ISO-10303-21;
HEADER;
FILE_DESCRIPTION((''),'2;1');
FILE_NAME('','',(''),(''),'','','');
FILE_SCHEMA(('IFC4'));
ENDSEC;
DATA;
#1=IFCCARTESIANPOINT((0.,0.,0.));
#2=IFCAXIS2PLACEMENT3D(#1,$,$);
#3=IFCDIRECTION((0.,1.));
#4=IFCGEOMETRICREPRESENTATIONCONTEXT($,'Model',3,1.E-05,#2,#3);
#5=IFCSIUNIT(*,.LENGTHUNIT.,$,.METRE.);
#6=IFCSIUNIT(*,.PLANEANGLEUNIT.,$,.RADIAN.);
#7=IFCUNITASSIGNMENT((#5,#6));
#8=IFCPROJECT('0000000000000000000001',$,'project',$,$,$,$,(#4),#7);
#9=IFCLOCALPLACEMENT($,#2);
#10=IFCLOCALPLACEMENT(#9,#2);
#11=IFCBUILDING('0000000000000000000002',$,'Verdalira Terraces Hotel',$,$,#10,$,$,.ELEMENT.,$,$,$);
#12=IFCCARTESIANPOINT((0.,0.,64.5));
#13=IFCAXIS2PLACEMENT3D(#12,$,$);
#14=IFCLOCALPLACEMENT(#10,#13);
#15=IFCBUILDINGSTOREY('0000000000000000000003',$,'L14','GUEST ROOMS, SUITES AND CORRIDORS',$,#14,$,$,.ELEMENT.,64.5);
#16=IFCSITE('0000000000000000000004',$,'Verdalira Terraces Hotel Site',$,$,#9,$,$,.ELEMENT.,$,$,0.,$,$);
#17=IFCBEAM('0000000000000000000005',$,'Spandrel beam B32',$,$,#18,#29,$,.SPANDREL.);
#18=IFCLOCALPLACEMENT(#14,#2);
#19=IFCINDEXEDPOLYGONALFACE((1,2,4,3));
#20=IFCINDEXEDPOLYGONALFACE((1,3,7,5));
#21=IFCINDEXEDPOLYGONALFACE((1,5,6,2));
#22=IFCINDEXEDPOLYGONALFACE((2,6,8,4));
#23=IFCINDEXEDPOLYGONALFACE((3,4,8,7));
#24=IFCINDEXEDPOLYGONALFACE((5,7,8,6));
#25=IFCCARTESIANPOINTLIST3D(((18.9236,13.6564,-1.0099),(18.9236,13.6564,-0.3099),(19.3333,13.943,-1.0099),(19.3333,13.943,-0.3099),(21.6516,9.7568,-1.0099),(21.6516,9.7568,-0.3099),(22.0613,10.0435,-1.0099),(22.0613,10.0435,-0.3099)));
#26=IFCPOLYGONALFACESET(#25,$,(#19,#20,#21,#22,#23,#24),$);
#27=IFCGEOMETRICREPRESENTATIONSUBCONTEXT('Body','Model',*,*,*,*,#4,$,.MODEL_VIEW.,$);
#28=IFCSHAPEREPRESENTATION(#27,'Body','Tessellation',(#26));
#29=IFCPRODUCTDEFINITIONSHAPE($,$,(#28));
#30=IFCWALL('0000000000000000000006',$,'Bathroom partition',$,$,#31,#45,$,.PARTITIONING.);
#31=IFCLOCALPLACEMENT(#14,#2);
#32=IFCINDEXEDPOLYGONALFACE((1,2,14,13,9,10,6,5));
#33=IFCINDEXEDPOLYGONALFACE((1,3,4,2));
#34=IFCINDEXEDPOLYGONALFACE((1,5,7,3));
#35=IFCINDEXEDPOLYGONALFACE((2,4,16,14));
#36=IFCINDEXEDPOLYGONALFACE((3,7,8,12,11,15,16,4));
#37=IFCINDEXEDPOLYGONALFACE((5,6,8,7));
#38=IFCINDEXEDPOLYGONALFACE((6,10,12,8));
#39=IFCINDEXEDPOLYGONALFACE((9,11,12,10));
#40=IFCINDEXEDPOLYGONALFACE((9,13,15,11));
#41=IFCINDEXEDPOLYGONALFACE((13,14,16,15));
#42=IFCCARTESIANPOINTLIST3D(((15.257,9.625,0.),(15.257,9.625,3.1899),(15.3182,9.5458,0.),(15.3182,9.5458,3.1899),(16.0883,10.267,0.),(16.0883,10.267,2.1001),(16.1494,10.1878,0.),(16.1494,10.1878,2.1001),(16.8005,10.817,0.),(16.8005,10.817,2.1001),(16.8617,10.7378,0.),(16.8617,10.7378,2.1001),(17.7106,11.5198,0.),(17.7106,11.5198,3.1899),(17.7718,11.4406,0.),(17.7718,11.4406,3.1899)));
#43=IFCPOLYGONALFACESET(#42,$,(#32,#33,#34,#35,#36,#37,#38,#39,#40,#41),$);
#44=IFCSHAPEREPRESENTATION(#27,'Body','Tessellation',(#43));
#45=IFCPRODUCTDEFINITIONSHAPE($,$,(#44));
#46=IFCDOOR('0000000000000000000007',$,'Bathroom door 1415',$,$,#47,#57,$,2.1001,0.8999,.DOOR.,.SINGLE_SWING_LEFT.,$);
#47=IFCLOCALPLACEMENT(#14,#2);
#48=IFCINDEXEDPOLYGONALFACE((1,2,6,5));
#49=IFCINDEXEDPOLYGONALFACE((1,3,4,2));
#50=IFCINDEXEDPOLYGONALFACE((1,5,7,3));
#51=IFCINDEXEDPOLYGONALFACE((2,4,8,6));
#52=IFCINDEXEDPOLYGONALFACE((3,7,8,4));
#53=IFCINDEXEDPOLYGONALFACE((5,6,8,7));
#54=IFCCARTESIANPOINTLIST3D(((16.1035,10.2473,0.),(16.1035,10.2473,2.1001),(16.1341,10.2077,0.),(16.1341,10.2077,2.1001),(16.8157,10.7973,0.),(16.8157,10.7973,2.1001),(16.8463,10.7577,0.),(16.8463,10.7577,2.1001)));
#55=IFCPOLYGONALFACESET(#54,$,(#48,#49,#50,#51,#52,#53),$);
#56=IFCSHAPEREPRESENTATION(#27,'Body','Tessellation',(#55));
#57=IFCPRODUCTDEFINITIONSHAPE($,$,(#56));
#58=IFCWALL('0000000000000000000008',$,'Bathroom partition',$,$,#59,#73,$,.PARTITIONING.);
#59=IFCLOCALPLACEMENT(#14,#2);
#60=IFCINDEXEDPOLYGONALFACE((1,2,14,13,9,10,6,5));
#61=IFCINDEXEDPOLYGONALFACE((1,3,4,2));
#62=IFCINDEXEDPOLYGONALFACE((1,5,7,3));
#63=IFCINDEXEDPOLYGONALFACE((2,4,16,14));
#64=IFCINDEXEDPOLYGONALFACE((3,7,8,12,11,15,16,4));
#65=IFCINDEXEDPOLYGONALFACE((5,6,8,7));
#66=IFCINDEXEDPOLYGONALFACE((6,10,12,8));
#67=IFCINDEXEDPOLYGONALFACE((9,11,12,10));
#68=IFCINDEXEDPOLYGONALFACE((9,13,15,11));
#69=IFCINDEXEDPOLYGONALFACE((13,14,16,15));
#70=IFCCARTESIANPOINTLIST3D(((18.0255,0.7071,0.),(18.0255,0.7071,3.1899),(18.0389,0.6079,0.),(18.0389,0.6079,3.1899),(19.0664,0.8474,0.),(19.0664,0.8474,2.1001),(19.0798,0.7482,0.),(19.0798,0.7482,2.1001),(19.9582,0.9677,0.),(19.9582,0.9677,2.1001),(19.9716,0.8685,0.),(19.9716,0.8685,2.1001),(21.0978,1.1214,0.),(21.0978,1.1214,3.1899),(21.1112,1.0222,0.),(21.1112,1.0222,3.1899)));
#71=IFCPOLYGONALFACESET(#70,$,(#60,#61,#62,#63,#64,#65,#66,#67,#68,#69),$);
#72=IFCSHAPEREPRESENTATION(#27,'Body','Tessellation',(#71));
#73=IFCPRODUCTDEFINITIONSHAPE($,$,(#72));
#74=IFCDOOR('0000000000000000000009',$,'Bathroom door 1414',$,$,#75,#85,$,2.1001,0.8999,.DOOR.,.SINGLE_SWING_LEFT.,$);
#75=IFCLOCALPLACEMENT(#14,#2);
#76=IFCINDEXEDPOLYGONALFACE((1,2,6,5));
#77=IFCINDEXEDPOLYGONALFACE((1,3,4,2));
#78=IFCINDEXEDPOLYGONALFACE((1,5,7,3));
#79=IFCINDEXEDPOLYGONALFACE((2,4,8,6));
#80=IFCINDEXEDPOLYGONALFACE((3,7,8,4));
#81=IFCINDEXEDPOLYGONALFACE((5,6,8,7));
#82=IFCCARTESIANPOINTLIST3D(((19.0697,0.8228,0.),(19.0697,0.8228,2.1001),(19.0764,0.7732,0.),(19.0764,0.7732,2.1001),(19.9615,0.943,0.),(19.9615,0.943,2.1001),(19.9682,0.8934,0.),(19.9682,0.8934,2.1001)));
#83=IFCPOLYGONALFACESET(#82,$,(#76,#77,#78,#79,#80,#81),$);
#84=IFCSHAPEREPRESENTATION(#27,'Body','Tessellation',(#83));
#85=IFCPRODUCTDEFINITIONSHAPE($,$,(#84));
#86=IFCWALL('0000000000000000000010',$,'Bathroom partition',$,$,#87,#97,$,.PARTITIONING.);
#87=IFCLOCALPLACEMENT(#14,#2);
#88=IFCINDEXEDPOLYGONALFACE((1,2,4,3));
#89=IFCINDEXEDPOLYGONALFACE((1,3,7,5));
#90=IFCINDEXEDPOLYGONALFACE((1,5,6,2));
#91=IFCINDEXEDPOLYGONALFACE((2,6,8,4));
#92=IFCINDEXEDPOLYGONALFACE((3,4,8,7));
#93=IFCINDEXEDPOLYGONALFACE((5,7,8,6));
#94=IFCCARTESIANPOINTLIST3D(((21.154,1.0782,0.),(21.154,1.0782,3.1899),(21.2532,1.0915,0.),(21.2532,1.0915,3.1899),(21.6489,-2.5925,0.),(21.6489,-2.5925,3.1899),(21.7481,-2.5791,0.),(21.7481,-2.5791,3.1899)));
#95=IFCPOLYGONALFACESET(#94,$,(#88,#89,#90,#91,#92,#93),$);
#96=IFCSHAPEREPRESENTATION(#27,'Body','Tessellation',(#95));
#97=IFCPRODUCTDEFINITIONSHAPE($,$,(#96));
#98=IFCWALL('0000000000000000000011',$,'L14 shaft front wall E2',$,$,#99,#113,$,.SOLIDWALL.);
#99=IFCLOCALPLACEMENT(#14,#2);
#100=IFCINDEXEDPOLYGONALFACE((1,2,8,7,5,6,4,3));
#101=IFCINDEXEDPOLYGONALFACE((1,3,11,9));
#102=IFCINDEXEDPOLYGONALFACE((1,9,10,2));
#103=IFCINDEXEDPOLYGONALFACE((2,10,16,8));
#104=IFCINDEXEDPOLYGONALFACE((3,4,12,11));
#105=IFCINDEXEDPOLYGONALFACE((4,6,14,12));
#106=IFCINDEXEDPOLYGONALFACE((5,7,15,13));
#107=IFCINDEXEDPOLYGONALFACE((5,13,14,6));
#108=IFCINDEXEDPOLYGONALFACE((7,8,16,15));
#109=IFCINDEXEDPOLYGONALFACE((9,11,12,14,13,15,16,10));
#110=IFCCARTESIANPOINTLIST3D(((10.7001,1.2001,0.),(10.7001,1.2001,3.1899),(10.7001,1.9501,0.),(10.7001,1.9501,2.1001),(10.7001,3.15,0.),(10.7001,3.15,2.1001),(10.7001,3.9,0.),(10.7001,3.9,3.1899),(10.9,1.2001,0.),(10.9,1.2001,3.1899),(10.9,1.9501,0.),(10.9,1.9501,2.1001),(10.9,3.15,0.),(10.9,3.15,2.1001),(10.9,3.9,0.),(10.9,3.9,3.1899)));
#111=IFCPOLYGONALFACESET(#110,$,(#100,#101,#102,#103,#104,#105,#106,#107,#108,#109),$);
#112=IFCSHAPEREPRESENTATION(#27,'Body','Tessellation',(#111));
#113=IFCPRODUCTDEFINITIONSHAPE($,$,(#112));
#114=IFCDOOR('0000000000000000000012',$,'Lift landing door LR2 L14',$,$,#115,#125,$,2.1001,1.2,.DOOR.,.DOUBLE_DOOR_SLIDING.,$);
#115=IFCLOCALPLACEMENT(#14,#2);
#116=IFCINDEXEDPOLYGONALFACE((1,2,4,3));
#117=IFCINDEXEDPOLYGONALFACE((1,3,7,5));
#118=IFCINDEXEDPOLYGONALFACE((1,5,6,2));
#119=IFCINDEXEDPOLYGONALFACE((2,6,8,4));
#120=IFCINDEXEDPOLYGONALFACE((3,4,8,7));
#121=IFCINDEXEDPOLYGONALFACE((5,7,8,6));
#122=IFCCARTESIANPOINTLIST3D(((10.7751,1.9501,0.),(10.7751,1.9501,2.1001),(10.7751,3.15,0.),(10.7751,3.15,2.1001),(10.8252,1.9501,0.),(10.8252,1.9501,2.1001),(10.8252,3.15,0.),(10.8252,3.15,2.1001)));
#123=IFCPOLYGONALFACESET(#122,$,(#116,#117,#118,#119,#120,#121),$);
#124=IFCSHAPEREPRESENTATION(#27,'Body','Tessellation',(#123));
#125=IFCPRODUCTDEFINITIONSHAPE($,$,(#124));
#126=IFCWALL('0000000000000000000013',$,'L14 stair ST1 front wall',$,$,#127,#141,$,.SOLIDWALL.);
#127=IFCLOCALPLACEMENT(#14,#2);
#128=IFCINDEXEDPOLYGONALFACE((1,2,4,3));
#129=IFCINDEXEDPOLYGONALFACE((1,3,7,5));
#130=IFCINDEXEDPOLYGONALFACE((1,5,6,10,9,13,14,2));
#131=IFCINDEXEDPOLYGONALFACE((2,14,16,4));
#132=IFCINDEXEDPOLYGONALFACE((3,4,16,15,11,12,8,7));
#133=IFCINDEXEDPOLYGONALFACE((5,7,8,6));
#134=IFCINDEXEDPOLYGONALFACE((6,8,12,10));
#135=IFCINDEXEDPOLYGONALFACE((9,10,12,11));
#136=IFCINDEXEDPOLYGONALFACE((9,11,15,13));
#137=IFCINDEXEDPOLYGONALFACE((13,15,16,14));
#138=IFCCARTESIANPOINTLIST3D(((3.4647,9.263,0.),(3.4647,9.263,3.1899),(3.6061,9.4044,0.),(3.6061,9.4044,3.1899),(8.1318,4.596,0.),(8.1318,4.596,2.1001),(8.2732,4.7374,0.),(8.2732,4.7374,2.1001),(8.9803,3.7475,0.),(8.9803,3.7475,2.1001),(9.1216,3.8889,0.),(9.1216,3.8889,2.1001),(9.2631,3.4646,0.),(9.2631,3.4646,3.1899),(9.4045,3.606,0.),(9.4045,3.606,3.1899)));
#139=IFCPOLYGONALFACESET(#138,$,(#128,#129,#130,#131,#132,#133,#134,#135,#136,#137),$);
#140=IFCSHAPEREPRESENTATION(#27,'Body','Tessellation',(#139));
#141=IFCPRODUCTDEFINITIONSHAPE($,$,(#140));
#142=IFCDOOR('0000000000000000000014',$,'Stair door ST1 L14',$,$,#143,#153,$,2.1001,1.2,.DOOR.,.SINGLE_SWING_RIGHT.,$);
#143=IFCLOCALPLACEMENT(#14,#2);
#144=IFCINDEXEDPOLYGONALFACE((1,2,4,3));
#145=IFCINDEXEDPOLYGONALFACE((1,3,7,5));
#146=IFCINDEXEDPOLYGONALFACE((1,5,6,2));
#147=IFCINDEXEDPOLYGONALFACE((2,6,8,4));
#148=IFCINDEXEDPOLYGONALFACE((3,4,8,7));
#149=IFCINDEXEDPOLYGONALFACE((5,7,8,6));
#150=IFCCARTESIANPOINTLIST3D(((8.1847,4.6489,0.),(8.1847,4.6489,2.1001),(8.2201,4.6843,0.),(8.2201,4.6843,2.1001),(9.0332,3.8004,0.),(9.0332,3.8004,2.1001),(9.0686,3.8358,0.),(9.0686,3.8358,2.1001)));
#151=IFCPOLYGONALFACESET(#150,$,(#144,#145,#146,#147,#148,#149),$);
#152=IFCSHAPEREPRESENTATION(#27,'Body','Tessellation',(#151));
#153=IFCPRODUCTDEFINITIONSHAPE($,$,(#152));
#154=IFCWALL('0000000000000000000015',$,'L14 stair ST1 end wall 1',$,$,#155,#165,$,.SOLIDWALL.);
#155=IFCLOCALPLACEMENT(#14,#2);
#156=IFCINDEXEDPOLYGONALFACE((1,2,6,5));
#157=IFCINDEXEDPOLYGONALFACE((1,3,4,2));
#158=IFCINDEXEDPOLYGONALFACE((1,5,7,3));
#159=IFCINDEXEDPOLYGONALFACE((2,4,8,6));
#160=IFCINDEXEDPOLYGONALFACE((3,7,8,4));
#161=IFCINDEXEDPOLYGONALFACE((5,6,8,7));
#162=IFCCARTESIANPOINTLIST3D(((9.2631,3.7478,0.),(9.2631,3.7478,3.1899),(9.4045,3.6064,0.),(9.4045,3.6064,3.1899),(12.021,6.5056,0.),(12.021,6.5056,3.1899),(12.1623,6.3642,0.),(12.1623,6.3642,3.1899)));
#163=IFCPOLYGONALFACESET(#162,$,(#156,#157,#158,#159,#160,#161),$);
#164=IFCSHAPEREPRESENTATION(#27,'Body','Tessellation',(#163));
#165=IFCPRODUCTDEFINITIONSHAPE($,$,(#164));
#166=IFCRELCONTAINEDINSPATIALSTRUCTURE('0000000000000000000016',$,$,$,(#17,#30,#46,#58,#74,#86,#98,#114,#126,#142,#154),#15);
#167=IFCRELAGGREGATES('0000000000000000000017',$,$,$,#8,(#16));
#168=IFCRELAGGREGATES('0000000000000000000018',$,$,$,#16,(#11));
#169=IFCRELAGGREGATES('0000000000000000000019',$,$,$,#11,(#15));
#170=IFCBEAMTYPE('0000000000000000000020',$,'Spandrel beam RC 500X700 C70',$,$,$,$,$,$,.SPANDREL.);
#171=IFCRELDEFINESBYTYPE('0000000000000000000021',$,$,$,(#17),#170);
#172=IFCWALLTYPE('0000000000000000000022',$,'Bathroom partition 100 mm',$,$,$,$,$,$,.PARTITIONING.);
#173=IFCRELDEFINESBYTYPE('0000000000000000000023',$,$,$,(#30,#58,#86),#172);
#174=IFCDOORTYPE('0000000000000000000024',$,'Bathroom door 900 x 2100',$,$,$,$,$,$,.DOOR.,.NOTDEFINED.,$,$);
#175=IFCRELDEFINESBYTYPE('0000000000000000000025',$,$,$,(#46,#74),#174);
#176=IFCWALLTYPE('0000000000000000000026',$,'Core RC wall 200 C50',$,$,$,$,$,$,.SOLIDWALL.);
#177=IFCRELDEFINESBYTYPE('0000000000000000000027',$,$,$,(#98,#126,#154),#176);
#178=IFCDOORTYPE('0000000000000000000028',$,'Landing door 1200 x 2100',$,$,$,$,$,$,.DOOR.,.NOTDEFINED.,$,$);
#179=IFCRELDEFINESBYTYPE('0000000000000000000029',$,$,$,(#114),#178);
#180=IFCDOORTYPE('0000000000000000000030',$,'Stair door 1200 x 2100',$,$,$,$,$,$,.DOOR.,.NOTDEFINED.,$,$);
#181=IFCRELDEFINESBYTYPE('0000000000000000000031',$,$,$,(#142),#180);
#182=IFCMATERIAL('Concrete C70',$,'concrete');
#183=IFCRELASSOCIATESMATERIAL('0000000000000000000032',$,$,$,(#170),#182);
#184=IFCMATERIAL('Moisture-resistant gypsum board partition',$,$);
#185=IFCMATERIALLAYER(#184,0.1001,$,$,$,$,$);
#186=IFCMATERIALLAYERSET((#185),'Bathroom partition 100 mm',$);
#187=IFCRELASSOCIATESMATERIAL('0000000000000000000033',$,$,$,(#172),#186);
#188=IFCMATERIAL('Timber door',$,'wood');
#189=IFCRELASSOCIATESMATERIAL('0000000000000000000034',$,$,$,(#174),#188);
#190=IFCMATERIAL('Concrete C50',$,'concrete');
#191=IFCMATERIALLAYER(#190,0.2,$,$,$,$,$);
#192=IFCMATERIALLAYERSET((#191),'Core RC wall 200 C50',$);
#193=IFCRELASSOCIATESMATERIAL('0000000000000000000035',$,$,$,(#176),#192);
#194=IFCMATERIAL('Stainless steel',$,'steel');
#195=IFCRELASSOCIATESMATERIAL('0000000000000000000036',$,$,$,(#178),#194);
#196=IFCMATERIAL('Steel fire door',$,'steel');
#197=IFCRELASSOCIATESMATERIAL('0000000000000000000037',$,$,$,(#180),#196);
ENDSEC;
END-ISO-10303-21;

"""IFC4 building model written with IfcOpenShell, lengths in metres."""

from ifc_helpers import new_model, si_unit, direction, frame, frame_2d, origin, origin_2d, place, context, subcontext, project, spatial, rectangle, extrude, material, layer, layer_set, material_profile, profile_set, type_object, element, fill, save


model = new_model("IFC4")

# Units and contexts
model_context = context("Model", 3, precision=1e-05, world=origin(), true_north=direction((0.0, 1.0)))
body_context = subcontext(model_context, "Body", "Model", "MODEL_VIEW")
ifc_project = project(units=[si_unit("LENGTHUNIT", "METRE"), si_unit("PLANEANGLEUNIT", "RADIAN")], contexts=[model_context])

# Site, building, storey
site_placement = place(None, origin())
site = spatial("IfcSite", under=ifc_project, at=site_placement, Name="Verdalira Terraces Hotel Site", CompositionType="ELEMENT", RefElevation=0.0)
building_placement = place(site_placement, origin())
building = spatial("IfcBuilding", under=site, at=building_placement, Name="Verdalira Terraces Hotel", CompositionType="ELEMENT")
storey_placement = place(building_placement, frame((0.0, 0.0, 64.5)))
storey = spatial("IfcBuildingStorey", under=building, at=storey_placement, Name="L14", Description="GUEST ROOMS, SUITES AND CORRIDORS", CompositionType="ELEMENT", Elevation=64.5)

# Beam
ifc_material_1 = material(Name="Concrete C70", Category="concrete")
ifc_material_profile = material_profile(ifc_material_1, rectangle(XDim=0.5, YDim=0.7, at=origin_2d()), Name="RC 500X700")
ifc_profile_set = profile_set([ifc_material_profile], Name="Concrete C70")
beam_type = type_object("IfcBeamType", Name="Spandrel beam RC 500X700 C70", PredefinedType="SPANDREL", material=ifc_profile_set)
beam_placement = place(storey_placement, frame((21.8564, 9.9001, -0.6599), z_axis=(-0.573218, 0.819403, 0.0), x_axis=(-0.819403, -0.573218, 0.0)))
element("IfcBeam", 1, at=beam_placement, inside=storey, type_object=beam_type, Name="Spandrel beam B32", PredefinedType="SPANDREL", context=body_context, shape_type="SweptSolid", body=[
    extrude(rectangle(XDim=0.5, YDim=0.7, at=origin_2d()), origin(), (0.0, 0.0, 1.0), 4.759),
])

# Walls, openings, doors
ifc_material_2 = material(Name="Moisture-resistant gypsum board partition")
ifc_layer_1 = layer(ifc_material_2, 0.1001)
ifc_layer_set_1 = layer_set([ifc_layer_1], Name="Bathroom partition 100 mm")
wall_type_1 = type_object("IfcWallType", Name="Bathroom partition 100 mm", PredefinedType="PARTITIONING", material=ifc_layer_set_1)
wall_1_placement = place(storey_placement, frame((17.7412, 11.4802, 0.0), z_axis=(0.0, 0.0, 1.0), x_axis=(-0.791472, -0.611205, 0.0)))
wall_1 = element("IfcWall", 2, at=wall_1_placement, inside=storey, type_object=wall_type_1, Name="Bathroom partition", PredefinedType="PARTITIONING", context=body_context, shape_type="SweptSolid", body=[
    extrude(rectangle(XDim=3.1001, YDim=0.1001, at=frame_2d((1.55, 0.0))), origin(), (0.0, 0.0, 1.0), 3.1899),
])
opening_1_placement = place(wall_1_placement, frame((1.1499, 0.0, 0.0)))
opening_1 = element("IfcOpeningElement", 3, at=opening_1_placement, cuts=wall_1, PredefinedType="OPENING", context=body_context, shape_type="SweptSolid", body=[
    extrude(rectangle(XDim=0.8999, YDim=2.1001, at=frame_2d((0.45, 1.05))), frame((0.0, 0.0601, 0.0), z_axis=(0.0, -1.0, 0.0), x_axis=(1.0, 0.0, 0.0)), (0.0, 0.0, 1.0), 0.1201),
])
ifc_material_3 = material(Name="Timber door", Category="wood")
door_type_1 = type_object("IfcDoorType", Name="Bathroom door 900 x 2100", OperationType="NOTDEFINED", PredefinedType="DOOR", material=ifc_material_3)
door_1_placement = place(opening_1_placement, origin())
door_1 = element("IfcDoor", 4, at=door_1_placement, inside=storey, type_object=door_type_1, Name="Bathroom door 1415", OperationType="SINGLE_SWING_LEFT", OverallHeight=2.1001, OverallWidth=0.8999, PredefinedType="DOOR", context=body_context, shape_type="SweptSolid", body=[
    extrude(rectangle(XDim=0.8999, YDim=2.1001, at=frame_2d((0.45, 1.05))), frame((0.0, 0.0249, 0.0), z_axis=(0.0, -1.0, 0.0), x_axis=(1.0, 0.0, 0.0)), (0.0, 0.0, 1.0), 0.05),
])
fill(opening_1, door_1)
wall_2_placement = place(storey_placement, frame((21.1045, 1.0718, 0.0), z_axis=(0.0, 0.0, 1.0), x_axis=(-0.991029, -0.133644, 0.0)))
wall_2 = element("IfcWall", 5, at=wall_2_placement, inside=storey, type_object=wall_type_1, Name="Bathroom partition", PredefinedType="PARTITIONING", context=body_context, shape_type="SweptSolid", body=[
    extrude(rectangle(XDim=3.1001, YDim=0.1001, at=frame_2d((1.55, 0.0))), origin(), (0.0, 0.0, 1.0), 3.1899),
])
opening_2_placement = place(wall_2_placement, frame((1.1499, 0.0, 0.0)))
opening_2 = element("IfcOpeningElement", 6, at=opening_2_placement, cuts=wall_2, PredefinedType="OPENING", context=body_context, shape_type="SweptSolid", body=[
    extrude(rectangle(XDim=0.8999, YDim=2.1001, at=frame_2d((0.45, 1.05))), frame((0.0, 0.0601, 0.0), z_axis=(0.0, -1.0, 0.0), x_axis=(1.0, 0.0, 0.0)), (0.0, 0.0, 1.0), 0.1201),
])
door_2_placement = place(opening_2_placement, origin())
door_2 = element("IfcDoor", 7, at=door_2_placement, inside=storey, type_object=door_type_1, Name="Bathroom door 1414", OperationType="SINGLE_SWING_LEFT", OverallHeight=2.1001, OverallWidth=0.8999, PredefinedType="DOOR", context=body_context, shape_type="SweptSolid", body=[
    extrude(rectangle(XDim=0.8999, YDim=2.1001, at=frame_2d((0.45, 1.05))), frame((0.0, 0.0249, 0.0), z_axis=(0.0, -1.0, 0.0), x_axis=(1.0, 0.0, 0.0)), (0.0, 0.0, 1.0), 0.05),
])
fill(opening_2, door_2)

# Wall
wall_3_placement = place(storey_placement, frame((21.2036, 1.085, 0.0), z_axis=(0.0, 0.0, 1.0), x_axis=(0.13361, -0.991034, 0.0)))
element("IfcWall", 8, at=wall_3_placement, inside=storey, type_object=wall_type_1, Name="Bathroom partition", PredefinedType="PARTITIONING", context=body_context, shape_type="SweptSolid", body=[
    extrude(rectangle(XDim=3.7039, YDim=0.1001, at=frame_2d((1.8521, 0.0))), origin(), (0.0, 0.0, 1.0), 3.1899),
])

# Walls, openings, doors
ifc_material_4 = material(Name="Concrete C50", Category="concrete")
ifc_layer_2 = layer(ifc_material_4, 0.2)
ifc_layer_set_2 = layer_set([ifc_layer_2], Name="Core RC wall 200 C50")
wall_type_2 = type_object("IfcWallType", Name="Core RC wall 200 C50", PredefinedType="SOLIDWALL", material=ifc_layer_set_2)
wall_4_placement = place(storey_placement, frame((10.8, 1.2, 0.0), z_axis=(0.0, 0.0, 1.0), x_axis=(0.0, 1.0, 0.0)))
wall_4 = element("IfcWall", 9, at=wall_4_placement, inside=storey, type_object=wall_type_2, Name="L14 shaft front wall E2", PredefinedType="SOLIDWALL", context=body_context, shape_type="SweptSolid", body=[
    extrude(rectangle(XDim=2.7, YDim=0.2, at=frame_2d((1.3501, 0.0))), origin(), (0.0, 0.0, 1.0), 3.1899),
])
opening_3_placement = place(wall_4_placement, frame((0.75, 0.0, 0.0)))
opening_3 = element("IfcOpeningElement", 10, at=opening_3_placement, cuts=wall_4, PredefinedType="OPENING", context=body_context, shape_type="SweptSolid", body=[
    extrude(rectangle(XDim=1.2, YDim=2.1001, at=frame_2d((0.6001, 1.05))), frame((0.0, 0.1099, 0.0), z_axis=(0.0, -1.0, 0.0), x_axis=(1.0, 0.0, 0.0)), (0.0, 0.0, 1.0), 0.22),
])
ifc_material_5 = material(Name="Stainless steel", Category="steel")
door_type_2 = type_object("IfcDoorType", Name="Landing door 1200 x 2100", OperationType="NOTDEFINED", PredefinedType="DOOR", material=ifc_material_5)
door_3_placement = place(opening_3_placement, origin())
door_3 = element("IfcDoor", 11, at=door_3_placement, inside=storey, type_object=door_type_2, Name="Lift landing door LR2 L14", OperationType="DOUBLE_DOOR_SLIDING", OverallHeight=2.1001, OverallWidth=1.2, PredefinedType="DOOR", context=body_context, shape_type="SweptSolid", body=[
    extrude(rectangle(XDim=1.2, YDim=2.1001, at=frame_2d((0.6001, 1.05))), frame((0.0, 0.0249, 0.0), z_axis=(0.0, -1.0, 0.0), x_axis=(1.0, 0.0, 0.0)), (0.0, 0.0, 1.0), 0.05),
])
fill(opening_3, door_3)
wall_5_placement = place(storey_placement, frame((3.5354, 9.3337, 0.0), z_axis=(0.0, 0.0, 1.0), x_axis=(0.707107, -0.707107, 0.0)))
wall_5 = element("IfcWall", 12, at=wall_5_placement, inside=storey, type_object=wall_type_2, Name="L14 stair ST1 front wall", PredefinedType="SOLIDWALL", context=body_context, shape_type="SweptSolid", body=[
    extrude(rectangle(XDim=8.2002, YDim=0.2, at=frame_2d((4.1001, 0.0))), origin(), (0.0, 0.0, 1.0), 3.1899),
])
opening_4_placement = place(wall_5_placement, frame((6.6001, 0.0, 0.0)))
opening_4 = element("IfcOpeningElement", 13, at=opening_4_placement, cuts=wall_5, PredefinedType="OPENING", context=body_context, shape_type="SweptSolid", body=[
    extrude(rectangle(XDim=1.2, YDim=2.1001, at=frame_2d((0.6001, 1.05))), frame((0.0, 0.1099, 0.0), z_axis=(0.0, -1.0, 0.0), x_axis=(1.0, 0.0, 0.0)), (0.0, 0.0, 1.0), 0.22),
])
ifc_material_6 = material(Name="Steel fire door", Category="steel")
door_type_3 = type_object("IfcDoorType", Name="Stair door 1200 x 2100", OperationType="NOTDEFINED", PredefinedType="DOOR", material=ifc_material_6)
door_4_placement = place(opening_4_placement, origin())
door_4 = element("IfcDoor", 14, at=door_4_placement, inside=storey, type_object=door_type_3, Name="Stair door ST1 L14", OperationType="SINGLE_SWING_RIGHT", OverallHeight=2.1001, OverallWidth=1.2, PredefinedType="DOOR", context=body_context, shape_type="SweptSolid", body=[
    extrude(rectangle(XDim=1.2, YDim=2.1001, at=frame_2d((0.6001, 1.05))), frame((0.0, 0.0249, 0.0), z_axis=(0.0, -1.0, 0.0), x_axis=(1.0, 0.0, 0.0)), (0.0, 0.0, 1.0), 0.05),
])
fill(opening_4, door_4)

# Wall
for number, where, z_axis, x_axis, name in (
    (15, (9.3337, 3.677, 0.0), (0.0, 0.0, 1.0), (0.707107, 0.707107, 0.0), "L14 stair ST1 end wall 1"),
):
    element("IfcWall", number, at=place(storey_placement, frame(where, z_axis=z_axis, x_axis=x_axis)), inside=storey, type_object=wall_type_2, Name=name, PredefinedType="SOLIDWALL", context=body_context, shape_type="SweptSolid", body=[
        extrude(rectangle(XDim=3.9001, YDim=0.2, at=frame_2d((1.9502, 0.0))), origin(), (0.0, 0.0, 1.0), 3.1899),
    ])

save(model, "model.ifc")
